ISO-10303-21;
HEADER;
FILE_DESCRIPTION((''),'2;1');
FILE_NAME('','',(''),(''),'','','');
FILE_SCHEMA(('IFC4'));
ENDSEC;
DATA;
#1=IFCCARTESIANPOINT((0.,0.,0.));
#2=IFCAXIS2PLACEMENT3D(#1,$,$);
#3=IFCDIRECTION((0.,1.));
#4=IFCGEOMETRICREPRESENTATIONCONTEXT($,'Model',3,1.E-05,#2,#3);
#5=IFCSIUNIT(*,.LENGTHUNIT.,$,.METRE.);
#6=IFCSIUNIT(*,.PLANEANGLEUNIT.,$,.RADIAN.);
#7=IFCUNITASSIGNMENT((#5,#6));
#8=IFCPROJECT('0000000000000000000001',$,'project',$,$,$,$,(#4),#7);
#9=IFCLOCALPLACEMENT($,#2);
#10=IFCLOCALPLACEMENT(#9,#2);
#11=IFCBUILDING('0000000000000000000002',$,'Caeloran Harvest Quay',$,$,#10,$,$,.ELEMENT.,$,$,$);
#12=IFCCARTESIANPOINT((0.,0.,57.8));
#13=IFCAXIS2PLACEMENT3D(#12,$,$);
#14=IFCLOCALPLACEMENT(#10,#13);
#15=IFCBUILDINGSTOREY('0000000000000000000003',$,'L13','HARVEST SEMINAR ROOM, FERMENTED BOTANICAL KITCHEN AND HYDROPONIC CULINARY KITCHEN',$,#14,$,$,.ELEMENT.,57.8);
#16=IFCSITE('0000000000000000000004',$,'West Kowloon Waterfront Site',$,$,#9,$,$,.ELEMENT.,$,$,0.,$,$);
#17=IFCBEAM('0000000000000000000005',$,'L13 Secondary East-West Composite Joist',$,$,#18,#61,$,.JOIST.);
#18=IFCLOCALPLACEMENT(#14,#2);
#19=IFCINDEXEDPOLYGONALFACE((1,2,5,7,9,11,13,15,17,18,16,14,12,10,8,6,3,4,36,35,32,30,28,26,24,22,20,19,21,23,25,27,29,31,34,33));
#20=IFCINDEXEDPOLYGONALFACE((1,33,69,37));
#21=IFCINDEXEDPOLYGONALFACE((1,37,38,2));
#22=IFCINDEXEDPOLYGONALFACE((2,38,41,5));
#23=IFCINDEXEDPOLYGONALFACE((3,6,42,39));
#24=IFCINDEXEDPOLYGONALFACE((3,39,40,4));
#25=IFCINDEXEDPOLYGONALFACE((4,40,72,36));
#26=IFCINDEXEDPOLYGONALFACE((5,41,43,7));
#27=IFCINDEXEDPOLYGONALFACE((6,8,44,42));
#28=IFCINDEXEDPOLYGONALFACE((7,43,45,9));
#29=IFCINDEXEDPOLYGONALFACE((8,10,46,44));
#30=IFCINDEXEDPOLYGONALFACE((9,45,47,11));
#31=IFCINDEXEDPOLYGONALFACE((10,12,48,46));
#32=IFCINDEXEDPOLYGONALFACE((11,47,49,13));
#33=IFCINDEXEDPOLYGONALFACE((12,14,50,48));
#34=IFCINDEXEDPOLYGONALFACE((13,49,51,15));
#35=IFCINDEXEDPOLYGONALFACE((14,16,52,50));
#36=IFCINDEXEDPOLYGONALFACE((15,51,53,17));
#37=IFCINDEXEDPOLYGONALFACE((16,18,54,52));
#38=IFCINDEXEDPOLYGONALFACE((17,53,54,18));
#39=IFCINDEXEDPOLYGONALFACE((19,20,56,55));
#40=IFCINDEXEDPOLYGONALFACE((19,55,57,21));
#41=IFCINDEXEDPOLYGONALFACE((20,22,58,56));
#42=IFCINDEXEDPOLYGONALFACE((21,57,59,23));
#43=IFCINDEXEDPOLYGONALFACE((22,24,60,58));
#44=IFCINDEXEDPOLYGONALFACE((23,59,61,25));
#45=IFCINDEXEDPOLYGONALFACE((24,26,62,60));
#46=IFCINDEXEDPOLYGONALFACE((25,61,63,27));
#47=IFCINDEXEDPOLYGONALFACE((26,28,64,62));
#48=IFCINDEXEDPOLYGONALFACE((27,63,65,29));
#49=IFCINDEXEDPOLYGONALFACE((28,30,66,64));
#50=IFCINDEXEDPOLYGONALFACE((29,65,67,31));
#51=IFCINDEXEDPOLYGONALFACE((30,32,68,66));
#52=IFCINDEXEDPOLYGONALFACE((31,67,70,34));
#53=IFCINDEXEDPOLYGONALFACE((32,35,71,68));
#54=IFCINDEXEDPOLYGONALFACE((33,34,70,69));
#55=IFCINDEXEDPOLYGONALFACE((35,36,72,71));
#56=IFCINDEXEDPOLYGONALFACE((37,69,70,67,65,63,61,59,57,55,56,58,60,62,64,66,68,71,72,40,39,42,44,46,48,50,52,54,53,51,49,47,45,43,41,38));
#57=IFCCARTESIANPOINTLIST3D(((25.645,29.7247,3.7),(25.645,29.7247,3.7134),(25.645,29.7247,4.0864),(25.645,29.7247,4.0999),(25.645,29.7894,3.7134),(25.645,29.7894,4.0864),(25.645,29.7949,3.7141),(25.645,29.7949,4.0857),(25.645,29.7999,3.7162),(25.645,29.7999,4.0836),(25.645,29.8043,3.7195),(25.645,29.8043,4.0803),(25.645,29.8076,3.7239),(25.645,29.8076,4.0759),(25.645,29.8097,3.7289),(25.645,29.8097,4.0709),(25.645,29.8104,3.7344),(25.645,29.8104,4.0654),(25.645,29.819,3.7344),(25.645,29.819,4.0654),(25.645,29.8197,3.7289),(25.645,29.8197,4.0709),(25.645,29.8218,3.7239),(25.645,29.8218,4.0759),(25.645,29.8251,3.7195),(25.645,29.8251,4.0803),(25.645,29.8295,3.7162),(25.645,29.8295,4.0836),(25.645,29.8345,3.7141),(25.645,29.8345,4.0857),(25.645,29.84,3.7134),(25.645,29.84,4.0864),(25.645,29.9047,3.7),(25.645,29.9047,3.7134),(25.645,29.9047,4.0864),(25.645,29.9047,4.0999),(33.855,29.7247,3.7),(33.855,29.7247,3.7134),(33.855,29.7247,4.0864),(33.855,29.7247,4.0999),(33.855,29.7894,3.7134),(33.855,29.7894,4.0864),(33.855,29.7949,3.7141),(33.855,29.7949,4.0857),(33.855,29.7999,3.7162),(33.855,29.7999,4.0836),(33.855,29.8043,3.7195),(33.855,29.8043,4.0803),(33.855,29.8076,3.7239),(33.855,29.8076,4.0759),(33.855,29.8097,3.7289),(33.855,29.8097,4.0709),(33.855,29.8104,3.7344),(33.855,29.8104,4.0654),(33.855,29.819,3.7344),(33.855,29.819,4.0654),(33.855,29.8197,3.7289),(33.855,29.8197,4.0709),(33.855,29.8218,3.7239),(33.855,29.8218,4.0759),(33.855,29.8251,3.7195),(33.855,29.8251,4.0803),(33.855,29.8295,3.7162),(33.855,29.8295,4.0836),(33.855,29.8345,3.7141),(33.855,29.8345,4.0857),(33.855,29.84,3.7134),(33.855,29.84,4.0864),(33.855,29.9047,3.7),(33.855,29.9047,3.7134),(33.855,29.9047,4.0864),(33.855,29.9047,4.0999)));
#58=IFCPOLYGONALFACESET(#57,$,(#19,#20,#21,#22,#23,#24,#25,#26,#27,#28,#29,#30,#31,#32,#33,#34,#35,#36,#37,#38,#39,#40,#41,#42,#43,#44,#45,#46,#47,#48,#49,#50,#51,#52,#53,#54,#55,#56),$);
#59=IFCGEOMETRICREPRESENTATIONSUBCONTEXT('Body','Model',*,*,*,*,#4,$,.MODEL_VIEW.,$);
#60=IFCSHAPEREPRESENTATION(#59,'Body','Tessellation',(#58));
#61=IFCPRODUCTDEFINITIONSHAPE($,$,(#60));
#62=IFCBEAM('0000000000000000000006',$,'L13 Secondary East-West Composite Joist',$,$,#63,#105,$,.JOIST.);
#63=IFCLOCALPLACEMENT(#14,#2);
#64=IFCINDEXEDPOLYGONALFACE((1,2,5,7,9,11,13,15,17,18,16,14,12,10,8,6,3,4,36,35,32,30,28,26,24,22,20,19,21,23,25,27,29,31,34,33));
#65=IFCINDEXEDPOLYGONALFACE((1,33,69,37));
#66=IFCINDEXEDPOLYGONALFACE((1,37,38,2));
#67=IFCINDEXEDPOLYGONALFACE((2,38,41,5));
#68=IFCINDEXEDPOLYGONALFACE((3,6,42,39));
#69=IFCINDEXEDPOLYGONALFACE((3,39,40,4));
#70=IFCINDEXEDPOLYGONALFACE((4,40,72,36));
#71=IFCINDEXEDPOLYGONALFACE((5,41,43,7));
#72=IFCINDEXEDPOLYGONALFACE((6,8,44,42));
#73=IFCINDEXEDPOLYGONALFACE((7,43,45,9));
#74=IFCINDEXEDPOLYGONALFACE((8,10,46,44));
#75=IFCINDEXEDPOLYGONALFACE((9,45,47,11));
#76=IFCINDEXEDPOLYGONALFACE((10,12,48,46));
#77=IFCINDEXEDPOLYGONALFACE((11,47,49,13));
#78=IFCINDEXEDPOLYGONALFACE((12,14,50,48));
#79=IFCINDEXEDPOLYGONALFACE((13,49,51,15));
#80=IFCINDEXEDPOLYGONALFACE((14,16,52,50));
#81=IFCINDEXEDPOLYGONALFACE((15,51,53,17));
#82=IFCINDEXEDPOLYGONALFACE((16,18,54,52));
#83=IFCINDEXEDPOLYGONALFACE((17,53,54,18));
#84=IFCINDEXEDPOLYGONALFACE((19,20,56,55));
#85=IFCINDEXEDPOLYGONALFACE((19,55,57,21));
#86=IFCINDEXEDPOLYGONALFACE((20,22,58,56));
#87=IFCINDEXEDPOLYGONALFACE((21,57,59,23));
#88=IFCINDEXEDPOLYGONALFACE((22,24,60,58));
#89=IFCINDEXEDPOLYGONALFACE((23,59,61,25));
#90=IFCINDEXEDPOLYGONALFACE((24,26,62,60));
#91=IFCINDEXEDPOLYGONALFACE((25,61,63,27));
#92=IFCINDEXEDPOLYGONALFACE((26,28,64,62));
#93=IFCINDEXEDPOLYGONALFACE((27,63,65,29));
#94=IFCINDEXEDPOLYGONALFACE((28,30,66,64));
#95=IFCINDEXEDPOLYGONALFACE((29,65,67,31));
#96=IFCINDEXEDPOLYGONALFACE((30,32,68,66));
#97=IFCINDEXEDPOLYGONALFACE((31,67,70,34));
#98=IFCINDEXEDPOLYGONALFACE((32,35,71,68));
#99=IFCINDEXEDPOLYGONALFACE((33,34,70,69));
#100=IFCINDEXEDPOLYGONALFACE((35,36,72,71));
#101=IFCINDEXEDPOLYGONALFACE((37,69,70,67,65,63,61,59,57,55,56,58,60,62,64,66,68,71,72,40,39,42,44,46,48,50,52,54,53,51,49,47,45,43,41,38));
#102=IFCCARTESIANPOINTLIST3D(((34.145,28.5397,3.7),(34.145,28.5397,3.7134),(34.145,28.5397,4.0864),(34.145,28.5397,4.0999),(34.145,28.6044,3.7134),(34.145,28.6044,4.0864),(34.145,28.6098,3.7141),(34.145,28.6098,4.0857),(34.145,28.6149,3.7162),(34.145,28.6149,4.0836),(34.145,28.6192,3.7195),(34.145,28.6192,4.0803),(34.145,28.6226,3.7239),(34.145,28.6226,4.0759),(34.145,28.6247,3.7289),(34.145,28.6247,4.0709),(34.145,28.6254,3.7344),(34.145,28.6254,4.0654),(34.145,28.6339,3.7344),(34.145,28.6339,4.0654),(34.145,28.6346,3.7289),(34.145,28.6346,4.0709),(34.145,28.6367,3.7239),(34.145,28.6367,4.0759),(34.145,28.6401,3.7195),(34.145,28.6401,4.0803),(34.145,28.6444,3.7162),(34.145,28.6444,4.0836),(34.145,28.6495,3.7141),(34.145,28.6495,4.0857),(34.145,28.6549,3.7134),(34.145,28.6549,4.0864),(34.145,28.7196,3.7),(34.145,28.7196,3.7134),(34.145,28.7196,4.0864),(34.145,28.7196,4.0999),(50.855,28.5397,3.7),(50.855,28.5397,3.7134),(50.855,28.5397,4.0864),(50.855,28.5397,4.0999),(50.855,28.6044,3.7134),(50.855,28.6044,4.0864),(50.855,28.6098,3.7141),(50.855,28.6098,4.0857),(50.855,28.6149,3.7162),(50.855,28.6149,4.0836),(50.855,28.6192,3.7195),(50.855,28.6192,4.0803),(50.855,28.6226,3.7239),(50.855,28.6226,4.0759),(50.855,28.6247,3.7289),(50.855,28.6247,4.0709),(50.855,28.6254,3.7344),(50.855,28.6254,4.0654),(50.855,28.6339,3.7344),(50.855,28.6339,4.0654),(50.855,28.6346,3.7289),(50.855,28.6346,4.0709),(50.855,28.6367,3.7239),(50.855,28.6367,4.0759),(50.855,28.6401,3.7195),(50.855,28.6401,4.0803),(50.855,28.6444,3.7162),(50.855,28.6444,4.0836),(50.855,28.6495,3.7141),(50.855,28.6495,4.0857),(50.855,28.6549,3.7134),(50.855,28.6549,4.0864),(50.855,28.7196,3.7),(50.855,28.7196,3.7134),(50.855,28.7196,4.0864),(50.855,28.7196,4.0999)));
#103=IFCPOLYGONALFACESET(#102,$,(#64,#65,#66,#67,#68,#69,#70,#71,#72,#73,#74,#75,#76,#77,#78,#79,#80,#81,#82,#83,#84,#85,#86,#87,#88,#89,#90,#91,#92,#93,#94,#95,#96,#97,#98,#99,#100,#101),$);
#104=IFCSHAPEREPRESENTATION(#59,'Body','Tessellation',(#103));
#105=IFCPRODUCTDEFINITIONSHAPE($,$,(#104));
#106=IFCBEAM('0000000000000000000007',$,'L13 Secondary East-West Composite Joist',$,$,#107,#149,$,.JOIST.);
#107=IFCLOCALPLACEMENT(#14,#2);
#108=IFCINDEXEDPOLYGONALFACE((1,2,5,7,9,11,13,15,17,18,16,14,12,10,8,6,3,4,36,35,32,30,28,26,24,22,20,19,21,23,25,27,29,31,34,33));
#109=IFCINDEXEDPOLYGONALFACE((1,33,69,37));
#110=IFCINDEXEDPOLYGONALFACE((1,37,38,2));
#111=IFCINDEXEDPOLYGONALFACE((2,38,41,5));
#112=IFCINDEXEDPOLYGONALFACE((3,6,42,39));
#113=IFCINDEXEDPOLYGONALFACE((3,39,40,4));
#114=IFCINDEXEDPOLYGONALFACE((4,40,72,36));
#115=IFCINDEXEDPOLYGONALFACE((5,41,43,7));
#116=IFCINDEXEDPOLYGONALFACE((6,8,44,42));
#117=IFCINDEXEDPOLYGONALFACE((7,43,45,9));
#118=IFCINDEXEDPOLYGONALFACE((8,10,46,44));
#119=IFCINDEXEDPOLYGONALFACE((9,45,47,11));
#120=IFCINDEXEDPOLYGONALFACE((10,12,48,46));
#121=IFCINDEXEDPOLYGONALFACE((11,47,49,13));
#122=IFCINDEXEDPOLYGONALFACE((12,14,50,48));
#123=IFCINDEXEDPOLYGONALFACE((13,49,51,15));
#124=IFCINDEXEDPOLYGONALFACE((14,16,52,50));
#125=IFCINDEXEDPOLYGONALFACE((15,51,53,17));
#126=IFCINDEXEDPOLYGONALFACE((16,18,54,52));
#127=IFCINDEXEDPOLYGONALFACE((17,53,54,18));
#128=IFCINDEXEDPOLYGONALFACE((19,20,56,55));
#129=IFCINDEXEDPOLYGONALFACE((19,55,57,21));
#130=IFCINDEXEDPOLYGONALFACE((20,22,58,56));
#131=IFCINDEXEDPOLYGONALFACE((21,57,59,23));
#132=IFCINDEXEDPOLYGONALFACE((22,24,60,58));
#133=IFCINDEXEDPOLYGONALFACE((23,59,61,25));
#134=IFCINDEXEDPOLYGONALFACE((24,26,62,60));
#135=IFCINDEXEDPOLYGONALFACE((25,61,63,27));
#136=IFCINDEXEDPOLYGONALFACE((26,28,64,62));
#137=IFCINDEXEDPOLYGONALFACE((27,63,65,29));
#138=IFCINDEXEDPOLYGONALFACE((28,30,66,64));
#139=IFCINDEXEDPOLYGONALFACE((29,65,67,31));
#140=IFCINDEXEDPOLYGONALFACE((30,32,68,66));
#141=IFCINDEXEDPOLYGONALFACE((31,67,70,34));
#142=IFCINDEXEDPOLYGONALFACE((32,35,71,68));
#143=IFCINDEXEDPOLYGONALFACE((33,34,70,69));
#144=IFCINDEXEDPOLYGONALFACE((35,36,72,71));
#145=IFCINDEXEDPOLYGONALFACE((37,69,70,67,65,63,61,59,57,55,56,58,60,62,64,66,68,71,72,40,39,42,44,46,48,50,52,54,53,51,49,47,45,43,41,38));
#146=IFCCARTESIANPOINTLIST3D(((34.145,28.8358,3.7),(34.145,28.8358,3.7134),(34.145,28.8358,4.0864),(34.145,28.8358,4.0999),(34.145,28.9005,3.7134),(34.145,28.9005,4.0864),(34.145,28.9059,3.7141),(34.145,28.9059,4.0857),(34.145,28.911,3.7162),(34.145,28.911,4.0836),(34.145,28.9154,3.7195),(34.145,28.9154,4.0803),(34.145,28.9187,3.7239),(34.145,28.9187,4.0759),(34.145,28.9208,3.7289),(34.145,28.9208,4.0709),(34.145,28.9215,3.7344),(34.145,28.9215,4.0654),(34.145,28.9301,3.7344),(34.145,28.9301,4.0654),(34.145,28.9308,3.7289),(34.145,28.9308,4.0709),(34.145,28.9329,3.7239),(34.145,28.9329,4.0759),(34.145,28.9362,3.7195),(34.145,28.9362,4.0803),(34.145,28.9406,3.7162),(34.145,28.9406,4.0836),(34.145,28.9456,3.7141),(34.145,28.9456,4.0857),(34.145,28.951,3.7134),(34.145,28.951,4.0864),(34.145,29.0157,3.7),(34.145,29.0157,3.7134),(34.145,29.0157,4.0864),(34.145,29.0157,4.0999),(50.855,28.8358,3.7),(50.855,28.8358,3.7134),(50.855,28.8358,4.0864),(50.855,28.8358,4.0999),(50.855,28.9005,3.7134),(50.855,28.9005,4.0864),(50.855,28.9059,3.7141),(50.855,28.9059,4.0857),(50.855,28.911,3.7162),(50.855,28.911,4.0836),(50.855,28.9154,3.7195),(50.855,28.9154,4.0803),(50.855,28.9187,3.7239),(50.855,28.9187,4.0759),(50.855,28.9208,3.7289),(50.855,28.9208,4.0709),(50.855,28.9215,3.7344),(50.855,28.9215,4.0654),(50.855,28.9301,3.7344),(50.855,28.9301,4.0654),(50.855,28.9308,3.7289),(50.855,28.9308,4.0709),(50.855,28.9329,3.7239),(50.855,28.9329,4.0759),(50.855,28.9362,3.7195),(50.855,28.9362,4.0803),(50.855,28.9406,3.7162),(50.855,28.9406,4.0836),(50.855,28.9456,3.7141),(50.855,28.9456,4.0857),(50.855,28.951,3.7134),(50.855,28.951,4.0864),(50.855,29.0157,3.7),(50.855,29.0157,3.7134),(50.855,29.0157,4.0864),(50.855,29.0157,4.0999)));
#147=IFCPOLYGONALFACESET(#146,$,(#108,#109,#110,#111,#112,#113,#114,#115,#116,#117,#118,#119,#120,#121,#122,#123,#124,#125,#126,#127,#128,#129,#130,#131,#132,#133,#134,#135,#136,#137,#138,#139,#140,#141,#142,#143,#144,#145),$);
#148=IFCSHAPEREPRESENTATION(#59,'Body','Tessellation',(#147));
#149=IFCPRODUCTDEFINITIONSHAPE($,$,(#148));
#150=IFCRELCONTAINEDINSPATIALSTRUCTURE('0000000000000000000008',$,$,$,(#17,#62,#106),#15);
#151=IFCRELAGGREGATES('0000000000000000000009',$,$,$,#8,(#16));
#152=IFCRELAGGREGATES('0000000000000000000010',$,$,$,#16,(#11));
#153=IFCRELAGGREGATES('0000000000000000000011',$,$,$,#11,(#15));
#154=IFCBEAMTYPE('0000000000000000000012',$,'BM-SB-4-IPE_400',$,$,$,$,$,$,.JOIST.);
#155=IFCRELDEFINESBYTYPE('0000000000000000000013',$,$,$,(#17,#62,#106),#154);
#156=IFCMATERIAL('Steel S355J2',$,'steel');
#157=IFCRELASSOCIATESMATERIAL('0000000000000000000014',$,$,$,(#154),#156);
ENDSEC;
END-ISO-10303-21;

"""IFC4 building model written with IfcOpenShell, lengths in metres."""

from ifc_helpers import new_model, si_unit, direction, frame, origin, origin_2d, place, context, subcontext, project, spatial, i_section, extrude, material, material_profile, profile_set, type_object, element, save


model = new_model("IFC4")

# Units and contexts
model_context = context("Model", 3, precision=1e-05, world=origin(), true_north=direction((0.0, 1.0)))
body_context = subcontext(model_context, "Body", "Model", "MODEL_VIEW")
ifc_project = project(units=[si_unit("LENGTHUNIT", "METRE"), si_unit("PLANEANGLEUNIT", "RADIAN")], contexts=[model_context])

# Site, building, storey
site_placement = place(None, origin())
site = spatial("IfcSite", under=ifc_project, at=site_placement, Name="West Kowloon Waterfront Site", CompositionType="ELEMENT", RefElevation=0.0)
building_placement = place(site_placement, origin())
building = spatial("IfcBuilding", under=site, at=building_placement, Name="Caeloran Harvest Quay", CompositionType="ELEMENT")
storey_placement = place(building_placement, frame((0.0, 0.0, 57.8)))
storey = spatial("IfcBuildingStorey", under=building, at=storey_placement, Name="L13", Description="HARVEST SEMINAR ROOM, FERMENTED BOTANICAL KITCHEN AND HYDROPONIC CULINARY KITCHEN", CompositionType="ELEMENT", Elevation=57.8)

# Beams
ifc_material_1 = material(Name="Steel S355J2", Category="steel")
ifc_material_profile_1 = material_profile(ifc_material_1, i_section(OverallWidth=0.1799, OverallDepth=0.3999, WebThickness=0.0085, FlangeThickness=0.0134, FilletRadius=0.021, at=origin_2d()), Name="IPE 400")
ifc_profile_set_1 = profile_set([ifc_material_profile_1], Name="Steel S355J2")
beam_type_1 = type_object("IfcBeamType", Name="BM-SB-4-IPE_400", PredefinedType="JOIST", material=ifc_profile_set_1)
for number, where, z_axis, x_axis, name in (
    (1, (25.645, 29.8147, 3.8999), (1.0, 0.0, 0.0), (0.0, 1.0, 0.0), "L13 Secondary East-West Composite Joist"),
):
    element("IfcBeam", number, at=place(storey_placement, frame(where, z_axis=z_axis, x_axis=x_axis)), inside=storey, type_object=beam_type_1, Name=name, PredefinedType="JOIST", context=body_context, shape_type="SweptSolid", body=[
        extrude(i_section(OverallWidth=0.1799, OverallDepth=0.3999, WebThickness=0.0085, FlangeThickness=0.0134, FilletRadius=0.021, at=origin_2d()), origin(), (0.0, 0.0, 1.0), 8.21),
    ])
for number, where, z_axis, x_axis, name in (
    (2, (34.145, 28.6296, 3.8999), (1.0, 0.0, 0.0), (0.0, 1.0, 0.0), "L13 Secondary East-West Composite Joist"),
    (3, (34.145, 28.9258, 3.8999), (1.0, 0.0, 0.0), (0.0, 1.0, 0.0), "L13 Secondary East-West Composite Joist"),
):
    element("IfcBeam", number, at=place(storey_placement, frame(where, z_axis=z_axis, x_axis=x_axis)), inside=storey, type_object=beam_type_1, Name=name, PredefinedType="JOIST", context=body_context, shape_type="SweptSolid", body=[
        extrude(i_section(OverallWidth=0.1799, OverallDepth=0.3999, WebThickness=0.0085, FlangeThickness=0.0134, FilletRadius=0.021, at=origin_2d()), origin(), (0.0, 0.0, 1.0), 16.71),
    ])

save(model, "model.ifc")
